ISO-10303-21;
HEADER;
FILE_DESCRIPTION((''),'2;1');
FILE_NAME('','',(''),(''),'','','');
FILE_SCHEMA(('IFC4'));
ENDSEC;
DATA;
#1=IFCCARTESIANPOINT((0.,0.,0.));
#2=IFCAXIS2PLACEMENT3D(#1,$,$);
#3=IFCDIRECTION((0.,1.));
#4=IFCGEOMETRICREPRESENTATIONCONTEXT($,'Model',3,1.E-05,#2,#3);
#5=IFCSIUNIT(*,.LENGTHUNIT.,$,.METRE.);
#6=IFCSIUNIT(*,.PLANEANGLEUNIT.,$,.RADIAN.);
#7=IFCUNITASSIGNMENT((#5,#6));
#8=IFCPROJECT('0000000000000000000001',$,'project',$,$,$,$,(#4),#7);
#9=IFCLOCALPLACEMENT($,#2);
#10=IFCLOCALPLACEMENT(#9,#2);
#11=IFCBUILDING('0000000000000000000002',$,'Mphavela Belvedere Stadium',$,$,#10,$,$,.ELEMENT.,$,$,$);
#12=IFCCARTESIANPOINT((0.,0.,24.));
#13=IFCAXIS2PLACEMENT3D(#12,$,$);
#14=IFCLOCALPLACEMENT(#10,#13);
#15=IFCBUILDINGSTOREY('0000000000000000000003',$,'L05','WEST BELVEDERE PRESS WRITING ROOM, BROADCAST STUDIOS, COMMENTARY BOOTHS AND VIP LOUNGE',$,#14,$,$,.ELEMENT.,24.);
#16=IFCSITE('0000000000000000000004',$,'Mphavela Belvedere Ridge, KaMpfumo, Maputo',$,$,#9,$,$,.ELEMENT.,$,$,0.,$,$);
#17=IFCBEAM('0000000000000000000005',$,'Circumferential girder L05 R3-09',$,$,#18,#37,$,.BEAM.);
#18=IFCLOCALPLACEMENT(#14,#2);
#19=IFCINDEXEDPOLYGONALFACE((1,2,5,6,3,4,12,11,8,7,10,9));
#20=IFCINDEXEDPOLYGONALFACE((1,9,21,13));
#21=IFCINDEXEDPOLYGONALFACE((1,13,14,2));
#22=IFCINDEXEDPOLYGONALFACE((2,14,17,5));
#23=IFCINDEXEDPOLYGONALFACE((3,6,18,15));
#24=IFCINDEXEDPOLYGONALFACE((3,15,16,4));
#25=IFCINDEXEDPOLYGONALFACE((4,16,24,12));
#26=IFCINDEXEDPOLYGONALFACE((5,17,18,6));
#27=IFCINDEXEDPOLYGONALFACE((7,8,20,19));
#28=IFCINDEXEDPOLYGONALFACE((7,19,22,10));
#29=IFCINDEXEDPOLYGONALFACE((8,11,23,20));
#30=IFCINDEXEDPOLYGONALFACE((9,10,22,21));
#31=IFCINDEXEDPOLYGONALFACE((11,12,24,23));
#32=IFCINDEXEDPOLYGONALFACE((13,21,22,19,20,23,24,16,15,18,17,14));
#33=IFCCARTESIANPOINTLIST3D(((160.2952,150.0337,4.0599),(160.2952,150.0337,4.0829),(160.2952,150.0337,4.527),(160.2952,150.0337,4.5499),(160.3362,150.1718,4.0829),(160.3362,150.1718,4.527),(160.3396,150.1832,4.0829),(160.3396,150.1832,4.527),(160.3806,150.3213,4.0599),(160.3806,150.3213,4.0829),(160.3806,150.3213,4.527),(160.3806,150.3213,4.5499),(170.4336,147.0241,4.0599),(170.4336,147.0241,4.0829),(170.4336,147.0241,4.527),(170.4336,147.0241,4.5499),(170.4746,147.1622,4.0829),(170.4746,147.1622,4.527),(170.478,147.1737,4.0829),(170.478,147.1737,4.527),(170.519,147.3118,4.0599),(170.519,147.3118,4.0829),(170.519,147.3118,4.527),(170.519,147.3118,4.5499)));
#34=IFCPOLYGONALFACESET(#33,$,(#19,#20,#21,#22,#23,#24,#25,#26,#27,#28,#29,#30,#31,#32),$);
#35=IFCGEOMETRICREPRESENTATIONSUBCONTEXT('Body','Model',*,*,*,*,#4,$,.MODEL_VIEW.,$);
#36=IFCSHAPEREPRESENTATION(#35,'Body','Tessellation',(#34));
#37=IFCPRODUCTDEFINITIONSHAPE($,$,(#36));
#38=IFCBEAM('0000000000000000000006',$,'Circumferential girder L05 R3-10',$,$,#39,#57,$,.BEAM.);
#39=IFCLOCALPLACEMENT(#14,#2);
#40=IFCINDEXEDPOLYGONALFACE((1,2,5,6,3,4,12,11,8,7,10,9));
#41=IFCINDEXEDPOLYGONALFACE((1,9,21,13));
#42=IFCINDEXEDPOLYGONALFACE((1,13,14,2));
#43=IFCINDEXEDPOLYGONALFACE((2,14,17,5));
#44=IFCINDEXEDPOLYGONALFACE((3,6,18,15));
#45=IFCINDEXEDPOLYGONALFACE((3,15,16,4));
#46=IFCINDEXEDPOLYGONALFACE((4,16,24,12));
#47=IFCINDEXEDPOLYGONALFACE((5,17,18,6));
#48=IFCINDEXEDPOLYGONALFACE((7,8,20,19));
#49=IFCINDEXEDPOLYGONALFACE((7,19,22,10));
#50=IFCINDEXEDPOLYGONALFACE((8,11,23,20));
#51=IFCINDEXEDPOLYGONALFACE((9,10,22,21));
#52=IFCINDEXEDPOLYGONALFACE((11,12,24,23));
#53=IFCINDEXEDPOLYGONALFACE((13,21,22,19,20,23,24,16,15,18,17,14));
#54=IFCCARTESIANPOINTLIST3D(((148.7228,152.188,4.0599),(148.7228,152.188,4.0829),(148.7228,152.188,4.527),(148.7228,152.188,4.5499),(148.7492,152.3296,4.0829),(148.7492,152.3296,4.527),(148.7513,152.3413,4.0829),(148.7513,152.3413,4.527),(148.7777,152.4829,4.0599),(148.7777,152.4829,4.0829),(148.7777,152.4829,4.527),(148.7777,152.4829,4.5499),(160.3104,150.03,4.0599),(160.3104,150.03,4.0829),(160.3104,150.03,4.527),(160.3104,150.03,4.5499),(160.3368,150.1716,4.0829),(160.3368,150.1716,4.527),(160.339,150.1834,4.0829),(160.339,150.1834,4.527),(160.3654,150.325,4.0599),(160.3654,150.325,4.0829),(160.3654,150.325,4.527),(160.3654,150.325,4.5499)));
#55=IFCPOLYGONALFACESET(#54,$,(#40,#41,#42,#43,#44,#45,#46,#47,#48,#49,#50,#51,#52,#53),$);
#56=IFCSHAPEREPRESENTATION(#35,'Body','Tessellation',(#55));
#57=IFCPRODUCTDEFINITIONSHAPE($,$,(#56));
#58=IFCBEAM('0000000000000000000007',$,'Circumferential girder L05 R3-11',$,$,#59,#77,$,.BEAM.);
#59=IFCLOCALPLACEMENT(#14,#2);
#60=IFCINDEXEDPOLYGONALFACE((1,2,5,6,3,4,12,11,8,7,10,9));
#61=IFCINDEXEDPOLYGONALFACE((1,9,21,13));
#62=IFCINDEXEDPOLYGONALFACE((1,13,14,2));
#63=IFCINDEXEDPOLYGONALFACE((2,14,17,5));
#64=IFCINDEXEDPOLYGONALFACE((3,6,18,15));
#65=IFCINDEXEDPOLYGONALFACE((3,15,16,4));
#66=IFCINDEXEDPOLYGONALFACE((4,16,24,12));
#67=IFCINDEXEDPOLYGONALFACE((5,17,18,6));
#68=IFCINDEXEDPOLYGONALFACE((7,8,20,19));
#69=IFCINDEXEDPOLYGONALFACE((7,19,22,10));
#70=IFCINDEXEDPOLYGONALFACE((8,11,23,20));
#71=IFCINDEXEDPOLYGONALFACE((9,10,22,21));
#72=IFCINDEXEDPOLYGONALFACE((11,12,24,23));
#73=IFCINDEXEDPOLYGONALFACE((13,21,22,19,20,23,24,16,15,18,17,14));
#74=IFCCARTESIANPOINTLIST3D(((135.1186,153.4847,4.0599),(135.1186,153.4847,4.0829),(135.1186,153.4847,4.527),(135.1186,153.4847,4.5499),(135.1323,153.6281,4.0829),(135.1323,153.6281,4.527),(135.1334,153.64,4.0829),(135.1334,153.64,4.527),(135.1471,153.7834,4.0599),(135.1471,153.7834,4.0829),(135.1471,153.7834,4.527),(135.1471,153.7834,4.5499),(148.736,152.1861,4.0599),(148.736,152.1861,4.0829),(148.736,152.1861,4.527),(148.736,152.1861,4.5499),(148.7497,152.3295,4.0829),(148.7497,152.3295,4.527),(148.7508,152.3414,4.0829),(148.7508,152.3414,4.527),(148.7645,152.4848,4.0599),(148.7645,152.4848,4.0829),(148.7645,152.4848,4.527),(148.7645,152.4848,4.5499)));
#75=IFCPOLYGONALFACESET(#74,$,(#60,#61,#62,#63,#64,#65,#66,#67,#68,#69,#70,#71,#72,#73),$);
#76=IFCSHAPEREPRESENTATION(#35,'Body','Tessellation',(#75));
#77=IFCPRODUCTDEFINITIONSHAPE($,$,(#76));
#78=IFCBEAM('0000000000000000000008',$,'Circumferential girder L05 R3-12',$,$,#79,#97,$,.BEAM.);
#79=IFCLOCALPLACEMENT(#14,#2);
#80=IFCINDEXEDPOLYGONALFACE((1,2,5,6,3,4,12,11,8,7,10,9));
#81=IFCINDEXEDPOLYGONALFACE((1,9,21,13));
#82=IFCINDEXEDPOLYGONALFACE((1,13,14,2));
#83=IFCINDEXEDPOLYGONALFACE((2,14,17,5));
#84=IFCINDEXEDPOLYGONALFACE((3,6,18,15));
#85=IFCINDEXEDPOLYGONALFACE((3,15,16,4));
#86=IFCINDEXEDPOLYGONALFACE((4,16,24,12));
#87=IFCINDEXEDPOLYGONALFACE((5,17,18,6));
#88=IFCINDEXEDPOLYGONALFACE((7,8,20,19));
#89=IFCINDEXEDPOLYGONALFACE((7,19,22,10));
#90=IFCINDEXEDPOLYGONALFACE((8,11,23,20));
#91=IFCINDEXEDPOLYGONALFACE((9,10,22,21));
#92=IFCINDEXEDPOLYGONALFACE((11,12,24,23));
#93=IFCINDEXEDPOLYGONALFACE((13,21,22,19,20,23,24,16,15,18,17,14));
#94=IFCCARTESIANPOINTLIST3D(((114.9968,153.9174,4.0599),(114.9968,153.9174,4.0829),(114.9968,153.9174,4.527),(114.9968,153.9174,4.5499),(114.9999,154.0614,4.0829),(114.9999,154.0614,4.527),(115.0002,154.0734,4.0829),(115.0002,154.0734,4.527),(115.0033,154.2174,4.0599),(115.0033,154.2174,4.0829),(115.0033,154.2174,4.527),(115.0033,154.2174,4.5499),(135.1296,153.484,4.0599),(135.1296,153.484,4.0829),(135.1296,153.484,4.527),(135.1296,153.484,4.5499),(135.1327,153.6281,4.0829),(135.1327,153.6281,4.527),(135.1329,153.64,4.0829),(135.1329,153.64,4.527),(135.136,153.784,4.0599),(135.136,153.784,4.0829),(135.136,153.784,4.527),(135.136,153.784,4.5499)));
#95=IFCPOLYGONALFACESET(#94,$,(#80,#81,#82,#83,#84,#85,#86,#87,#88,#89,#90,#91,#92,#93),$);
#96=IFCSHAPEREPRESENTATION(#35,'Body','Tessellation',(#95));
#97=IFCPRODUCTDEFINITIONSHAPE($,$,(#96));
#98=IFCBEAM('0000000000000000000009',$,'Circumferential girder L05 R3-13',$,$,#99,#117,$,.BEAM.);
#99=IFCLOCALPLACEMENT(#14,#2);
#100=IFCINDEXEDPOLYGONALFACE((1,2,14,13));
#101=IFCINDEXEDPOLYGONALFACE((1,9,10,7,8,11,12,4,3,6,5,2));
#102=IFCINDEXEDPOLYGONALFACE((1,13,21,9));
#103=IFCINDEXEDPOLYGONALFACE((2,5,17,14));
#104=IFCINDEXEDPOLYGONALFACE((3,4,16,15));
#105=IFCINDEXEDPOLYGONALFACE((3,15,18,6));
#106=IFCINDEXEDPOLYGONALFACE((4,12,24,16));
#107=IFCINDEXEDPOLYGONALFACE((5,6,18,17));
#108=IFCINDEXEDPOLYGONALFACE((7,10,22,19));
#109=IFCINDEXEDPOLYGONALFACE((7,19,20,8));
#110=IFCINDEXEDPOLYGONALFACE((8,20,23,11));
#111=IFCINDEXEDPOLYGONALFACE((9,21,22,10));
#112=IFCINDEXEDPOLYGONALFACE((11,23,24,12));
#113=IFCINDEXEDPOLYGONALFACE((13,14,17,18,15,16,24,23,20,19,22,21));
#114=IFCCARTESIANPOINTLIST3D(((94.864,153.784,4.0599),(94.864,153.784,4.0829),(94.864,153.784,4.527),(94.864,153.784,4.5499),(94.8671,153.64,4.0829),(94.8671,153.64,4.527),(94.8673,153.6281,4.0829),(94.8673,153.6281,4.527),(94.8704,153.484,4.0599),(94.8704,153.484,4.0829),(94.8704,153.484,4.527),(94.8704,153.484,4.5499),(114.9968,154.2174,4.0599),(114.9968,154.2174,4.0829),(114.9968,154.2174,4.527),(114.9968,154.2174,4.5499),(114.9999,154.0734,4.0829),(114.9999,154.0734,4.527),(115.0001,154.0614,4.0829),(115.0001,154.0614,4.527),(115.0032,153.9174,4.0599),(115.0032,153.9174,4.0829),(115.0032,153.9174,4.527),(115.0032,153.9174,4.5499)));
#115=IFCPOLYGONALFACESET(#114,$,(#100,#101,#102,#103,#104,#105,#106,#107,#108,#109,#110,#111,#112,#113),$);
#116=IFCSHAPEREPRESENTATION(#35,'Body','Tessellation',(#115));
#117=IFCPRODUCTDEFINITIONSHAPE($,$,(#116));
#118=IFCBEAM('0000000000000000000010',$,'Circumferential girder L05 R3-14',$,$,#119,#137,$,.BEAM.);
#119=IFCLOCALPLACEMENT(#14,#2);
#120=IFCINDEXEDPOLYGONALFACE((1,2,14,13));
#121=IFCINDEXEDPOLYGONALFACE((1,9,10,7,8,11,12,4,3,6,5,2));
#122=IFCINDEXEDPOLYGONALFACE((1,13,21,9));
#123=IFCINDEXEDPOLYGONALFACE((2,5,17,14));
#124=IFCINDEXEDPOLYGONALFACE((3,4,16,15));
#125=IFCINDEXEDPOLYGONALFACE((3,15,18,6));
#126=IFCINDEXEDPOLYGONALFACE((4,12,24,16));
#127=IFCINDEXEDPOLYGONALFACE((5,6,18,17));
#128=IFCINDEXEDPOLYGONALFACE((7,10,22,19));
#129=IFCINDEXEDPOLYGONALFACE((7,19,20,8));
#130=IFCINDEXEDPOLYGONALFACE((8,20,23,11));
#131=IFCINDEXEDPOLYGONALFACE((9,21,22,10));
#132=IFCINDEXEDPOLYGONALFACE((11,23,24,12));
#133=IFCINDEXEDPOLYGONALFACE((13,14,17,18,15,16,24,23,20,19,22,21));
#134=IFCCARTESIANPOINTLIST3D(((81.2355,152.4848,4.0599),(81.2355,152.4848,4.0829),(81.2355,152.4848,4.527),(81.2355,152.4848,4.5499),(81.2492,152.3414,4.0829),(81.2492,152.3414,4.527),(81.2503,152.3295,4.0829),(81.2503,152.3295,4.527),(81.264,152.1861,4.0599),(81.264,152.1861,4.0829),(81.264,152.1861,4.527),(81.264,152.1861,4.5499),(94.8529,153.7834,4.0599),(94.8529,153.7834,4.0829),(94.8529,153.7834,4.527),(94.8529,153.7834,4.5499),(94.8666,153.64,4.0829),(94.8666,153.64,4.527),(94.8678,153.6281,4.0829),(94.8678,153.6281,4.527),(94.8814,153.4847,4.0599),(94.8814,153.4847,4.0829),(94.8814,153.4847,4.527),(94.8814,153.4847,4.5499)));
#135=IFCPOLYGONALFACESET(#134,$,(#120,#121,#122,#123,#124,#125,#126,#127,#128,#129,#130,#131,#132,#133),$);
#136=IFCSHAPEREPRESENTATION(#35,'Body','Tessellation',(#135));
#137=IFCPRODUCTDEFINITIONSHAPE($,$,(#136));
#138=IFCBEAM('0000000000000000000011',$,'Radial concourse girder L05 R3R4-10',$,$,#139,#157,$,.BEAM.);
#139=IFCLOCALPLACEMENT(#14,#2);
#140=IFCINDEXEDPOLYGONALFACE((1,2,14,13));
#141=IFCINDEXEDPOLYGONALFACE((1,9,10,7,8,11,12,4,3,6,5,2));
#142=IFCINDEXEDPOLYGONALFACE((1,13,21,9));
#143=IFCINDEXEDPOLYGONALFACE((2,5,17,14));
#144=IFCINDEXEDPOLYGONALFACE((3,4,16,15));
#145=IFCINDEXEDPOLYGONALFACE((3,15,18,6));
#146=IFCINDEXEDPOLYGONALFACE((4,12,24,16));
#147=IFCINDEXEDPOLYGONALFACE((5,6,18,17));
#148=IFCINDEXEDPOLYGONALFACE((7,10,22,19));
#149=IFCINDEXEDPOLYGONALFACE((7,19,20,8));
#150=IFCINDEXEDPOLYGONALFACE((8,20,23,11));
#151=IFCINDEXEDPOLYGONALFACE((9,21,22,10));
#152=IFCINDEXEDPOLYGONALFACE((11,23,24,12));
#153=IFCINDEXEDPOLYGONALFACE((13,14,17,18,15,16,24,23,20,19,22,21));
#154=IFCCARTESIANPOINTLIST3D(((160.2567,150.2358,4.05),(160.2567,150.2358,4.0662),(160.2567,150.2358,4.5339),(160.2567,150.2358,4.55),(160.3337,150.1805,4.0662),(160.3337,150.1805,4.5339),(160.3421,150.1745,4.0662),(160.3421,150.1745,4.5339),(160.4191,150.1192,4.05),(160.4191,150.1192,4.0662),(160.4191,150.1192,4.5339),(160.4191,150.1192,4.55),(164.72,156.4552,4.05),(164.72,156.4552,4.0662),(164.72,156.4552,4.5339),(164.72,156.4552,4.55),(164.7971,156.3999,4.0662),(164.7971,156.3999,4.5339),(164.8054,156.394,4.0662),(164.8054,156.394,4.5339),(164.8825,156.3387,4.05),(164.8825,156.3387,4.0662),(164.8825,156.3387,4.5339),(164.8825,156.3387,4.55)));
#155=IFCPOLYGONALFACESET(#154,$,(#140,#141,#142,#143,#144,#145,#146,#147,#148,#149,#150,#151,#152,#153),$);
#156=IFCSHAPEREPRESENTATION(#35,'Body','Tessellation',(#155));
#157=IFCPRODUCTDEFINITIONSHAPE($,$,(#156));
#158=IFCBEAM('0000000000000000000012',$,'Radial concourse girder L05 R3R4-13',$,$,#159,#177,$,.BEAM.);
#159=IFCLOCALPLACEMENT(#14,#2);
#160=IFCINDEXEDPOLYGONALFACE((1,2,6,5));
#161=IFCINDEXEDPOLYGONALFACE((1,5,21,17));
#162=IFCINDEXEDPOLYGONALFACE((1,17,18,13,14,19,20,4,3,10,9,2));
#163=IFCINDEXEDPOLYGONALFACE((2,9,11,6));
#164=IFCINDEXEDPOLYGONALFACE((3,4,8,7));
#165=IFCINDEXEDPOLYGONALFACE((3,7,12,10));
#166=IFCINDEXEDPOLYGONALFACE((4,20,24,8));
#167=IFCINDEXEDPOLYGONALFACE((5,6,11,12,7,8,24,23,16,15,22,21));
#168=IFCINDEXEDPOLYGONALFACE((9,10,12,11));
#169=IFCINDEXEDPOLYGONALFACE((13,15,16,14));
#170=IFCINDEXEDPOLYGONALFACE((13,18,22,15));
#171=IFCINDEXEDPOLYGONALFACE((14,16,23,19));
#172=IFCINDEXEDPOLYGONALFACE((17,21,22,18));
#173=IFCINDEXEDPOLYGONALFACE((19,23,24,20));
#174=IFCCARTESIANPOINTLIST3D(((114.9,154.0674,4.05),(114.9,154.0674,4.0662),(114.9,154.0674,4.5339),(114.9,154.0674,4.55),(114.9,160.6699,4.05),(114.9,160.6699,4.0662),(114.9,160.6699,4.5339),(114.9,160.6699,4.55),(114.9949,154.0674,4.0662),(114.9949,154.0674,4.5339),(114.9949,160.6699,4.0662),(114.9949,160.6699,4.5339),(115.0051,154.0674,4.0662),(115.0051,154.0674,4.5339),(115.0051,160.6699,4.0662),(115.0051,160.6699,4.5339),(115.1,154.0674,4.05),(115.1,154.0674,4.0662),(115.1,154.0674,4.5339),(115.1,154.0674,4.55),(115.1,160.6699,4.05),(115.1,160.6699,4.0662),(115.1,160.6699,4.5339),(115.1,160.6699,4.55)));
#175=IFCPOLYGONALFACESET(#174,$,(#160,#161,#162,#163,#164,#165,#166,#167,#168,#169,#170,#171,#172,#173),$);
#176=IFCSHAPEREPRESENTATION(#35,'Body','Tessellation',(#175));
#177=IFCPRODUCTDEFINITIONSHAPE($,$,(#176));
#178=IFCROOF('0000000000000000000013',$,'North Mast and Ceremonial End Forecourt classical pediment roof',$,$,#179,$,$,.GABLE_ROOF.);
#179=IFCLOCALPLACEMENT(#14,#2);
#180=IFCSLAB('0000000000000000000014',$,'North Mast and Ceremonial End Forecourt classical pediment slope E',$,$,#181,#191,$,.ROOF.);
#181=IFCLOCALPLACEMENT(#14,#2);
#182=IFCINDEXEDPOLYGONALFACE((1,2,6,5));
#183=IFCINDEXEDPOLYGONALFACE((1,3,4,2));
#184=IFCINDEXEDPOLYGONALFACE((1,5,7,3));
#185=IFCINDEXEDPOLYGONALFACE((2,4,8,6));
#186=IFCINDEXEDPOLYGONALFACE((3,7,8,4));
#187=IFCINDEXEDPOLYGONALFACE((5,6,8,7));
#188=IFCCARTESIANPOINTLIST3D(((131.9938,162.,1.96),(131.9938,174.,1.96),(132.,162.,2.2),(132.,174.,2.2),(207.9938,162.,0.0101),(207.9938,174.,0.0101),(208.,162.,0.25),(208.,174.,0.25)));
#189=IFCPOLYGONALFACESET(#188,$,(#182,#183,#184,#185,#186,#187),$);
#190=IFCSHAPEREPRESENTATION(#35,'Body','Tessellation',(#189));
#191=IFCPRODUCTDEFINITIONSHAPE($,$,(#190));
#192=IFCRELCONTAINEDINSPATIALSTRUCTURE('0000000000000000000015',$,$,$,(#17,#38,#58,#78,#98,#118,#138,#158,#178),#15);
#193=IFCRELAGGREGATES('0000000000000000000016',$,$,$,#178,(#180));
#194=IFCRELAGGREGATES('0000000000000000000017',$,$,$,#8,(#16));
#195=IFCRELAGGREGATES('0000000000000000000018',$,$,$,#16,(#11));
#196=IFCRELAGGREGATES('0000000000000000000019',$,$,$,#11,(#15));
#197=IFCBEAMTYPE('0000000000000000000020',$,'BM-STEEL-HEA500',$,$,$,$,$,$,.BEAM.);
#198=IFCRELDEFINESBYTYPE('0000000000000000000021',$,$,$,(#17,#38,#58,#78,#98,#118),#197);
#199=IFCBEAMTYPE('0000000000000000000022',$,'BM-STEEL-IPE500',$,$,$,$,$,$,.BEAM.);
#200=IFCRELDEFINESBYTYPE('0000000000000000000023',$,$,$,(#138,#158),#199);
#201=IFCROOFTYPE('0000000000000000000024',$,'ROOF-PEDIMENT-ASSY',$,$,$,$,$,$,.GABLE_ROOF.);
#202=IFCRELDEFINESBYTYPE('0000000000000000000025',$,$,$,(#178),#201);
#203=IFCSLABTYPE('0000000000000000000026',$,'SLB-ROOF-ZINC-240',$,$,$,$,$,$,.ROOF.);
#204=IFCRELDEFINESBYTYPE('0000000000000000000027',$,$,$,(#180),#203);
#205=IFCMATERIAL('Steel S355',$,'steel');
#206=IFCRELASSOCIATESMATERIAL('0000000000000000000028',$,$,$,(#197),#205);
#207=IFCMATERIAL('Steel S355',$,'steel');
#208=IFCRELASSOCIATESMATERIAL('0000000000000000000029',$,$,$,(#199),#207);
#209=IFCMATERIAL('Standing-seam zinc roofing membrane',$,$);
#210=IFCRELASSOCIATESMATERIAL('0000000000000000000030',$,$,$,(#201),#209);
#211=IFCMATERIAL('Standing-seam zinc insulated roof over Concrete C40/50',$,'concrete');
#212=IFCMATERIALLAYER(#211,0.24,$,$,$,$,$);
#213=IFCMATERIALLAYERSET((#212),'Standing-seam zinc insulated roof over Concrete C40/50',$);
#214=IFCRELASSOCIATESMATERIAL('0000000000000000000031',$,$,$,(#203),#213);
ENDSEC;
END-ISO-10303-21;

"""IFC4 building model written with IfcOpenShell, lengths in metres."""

from ifc_helpers import new_model, si_unit, direction, frame, origin, origin_2d, place, context, subcontext, project, spatial, polyline, i_section, outline, extrude, material, layer, layer_set, material_profile, profile_set, type_object, element, aggregate, save


model = new_model("IFC4")

# Units and contexts
model_context = context("Model", 3, precision=1e-05, world=origin(), true_north=direction((0.0, 1.0)))
body_context = subcontext(model_context, "Body", "Model", "MODEL_VIEW")
ifc_project = project(units=[si_unit("LENGTHUNIT", "METRE"), si_unit("PLANEANGLEUNIT", "RADIAN")], contexts=[model_context])

# Site, building, storey
site_placement = place(None, origin())
site = spatial("IfcSite", under=ifc_project, at=site_placement, Name="Mphavela Belvedere Ridge, KaMpfumo, Maputo", CompositionType="ELEMENT", RefElevation=0.0)
building_placement = place(site_placement, origin())
building = spatial("IfcBuilding", under=site, at=building_placement, Name="Mphavela Belvedere Stadium", CompositionType="ELEMENT")
storey_placement = place(building_placement, frame((0.0, 0.0, 24.0)))
storey = spatial("IfcBuildingStorey", under=building, at=storey_placement, Name="L05", Description="WEST BELVEDERE PRESS WRITING ROOM, BROADCAST STUDIOS, COMMENTARY BOOTHS AND VIP LOUNGE", CompositionType="ELEMENT", Elevation=24.0)

# Beams
ifc_material_1 = material(Name="Steel S355", Category="steel")
ifc_material_profile_1 = material_profile(ifc_material_1, i_section(OverallWidth=0.3, OverallDepth=0.49, WebThickness=0.012, FlangeThickness=0.0229, at=origin_2d()), Name="HEA 500")
ifc_profile_set_1 = profile_set([ifc_material_profile_1], Name="Steel S355")
beam_type_1 = type_object("IfcBeamType", Name="BM-STEEL-HEA500", PredefinedType="BEAM", material=ifc_profile_set_1)
beam_1_placement = place(storey_placement, frame((170.4763, 147.168, 4.3049), z_axis=(-0.958655, 0.28457, 0.0), x_axis=(-0.28457, -0.958655, 0.0)))
element("IfcBeam", 1, at=beam_1_placement, inside=storey, type_object=beam_type_1, Name="Circumferential girder L05 R3-09", PredefinedType="BEAM", context=body_context, shape_type="SweptSolid", body=[
    extrude(i_section(OverallWidth=0.3, OverallDepth=0.49, WebThickness=0.012, FlangeThickness=0.0229, at=origin_2d()), origin(), (0.0, 0.0, 1.0), 10.5757),
])
beam_2_placement = place(storey_placement, frame((160.3379, 150.1775, 4.3049), z_axis=(-0.983098, 0.183082, 0.0), x_axis=(-0.183082, -0.983098, 0.0)))
element("IfcBeam", 2, at=beam_2_placement, inside=storey, type_object=beam_type_1, Name="Circumferential girder L05 R3-10", PredefinedType="BEAM", context=body_context, shape_type="SweptSolid", body=[
    extrude(i_section(OverallWidth=0.3, OverallDepth=0.49, WebThickness=0.012, FlangeThickness=0.0229, at=origin_2d()), origin(), (0.0, 0.0, 1.0), 11.7869),
])
beam_3_placement = place(storey_placement, frame((148.7502, 152.3354, 4.3049), z_axis=(-0.995484, 0.094931, 0.0), x_axis=(-0.094931, -0.995484, 0.0)))
element("IfcBeam", 3, at=beam_3_placement, inside=storey, type_object=beam_type_1, Name="Circumferential girder L05 R3-11", PredefinedType="BEAM", context=body_context, shape_type="SweptSolid", body=[
    extrude(i_section(OverallWidth=0.3, OverallDepth=0.49, WebThickness=0.012, FlangeThickness=0.0229, at=origin_2d()), origin(), (0.0, 0.0, 1.0), 13.6792),
])
for number, where, z_axis, x_axis, name in (
    (4, (135.1328, 153.634, 4.3049), (-0.999768, 0.02152, 0.0), (-0.02152, -0.999768, 0.0), "Circumferential girder L05 R3-12"),
    (5, (115.0, 154.0674, 4.3049), (-0.999768, -0.02152, 0.0), (0.02152, -0.999768, 0.0), "Circumferential girder L05 R3-13"),
):
    element("IfcBeam", number, at=place(storey_placement, frame(where, z_axis=z_axis, x_axis=x_axis)), inside=storey, type_object=beam_type_1, Name=name, PredefinedType="BEAM", context=body_context, shape_type="SweptSolid", body=[
        extrude(i_section(OverallWidth=0.3, OverallDepth=0.49, WebThickness=0.012, FlangeThickness=0.0229, at=origin_2d()), origin(), (0.0, 0.0, 1.0), 20.1375),
    ])
beam_4_placement = place(storey_placement, frame((94.8672, 153.634, 4.3049), z_axis=(-0.995484, -0.094931, 0.0), x_axis=(0.094931, -0.995484, 0.0)))
element("IfcBeam", 6, at=beam_4_placement, inside=storey, type_object=beam_type_1, Name="Circumferential girder L05 R3-14", PredefinedType="BEAM", context=body_context, shape_type="SweptSolid", body=[
    extrude(i_section(OverallWidth=0.3, OverallDepth=0.49, WebThickness=0.012, FlangeThickness=0.0229, at=origin_2d()), origin(), (0.0, 0.0, 1.0), 13.6792),
])
ifc_material_2 = material(Name="Steel S355", Category="steel")
ifc_material_profile_2 = material_profile(ifc_material_2, i_section(OverallWidth=0.2, OverallDepth=0.5, WebThickness=0.0103, FlangeThickness=0.0161, at=origin_2d()), Name="IPE 500")
ifc_profile_set_2 = profile_set([ifc_material_profile_2], Name="Steel S355")
beam_type_2 = type_object("IfcBeamType", Name="BM-STEEL-IPE500", PredefinedType="BEAM", material=ifc_profile_set_2)
beam_5_placement = place(storey_placement, frame((160.3379, 150.1775, 4.3), z_axis=(0.583044, 0.812441, 0.0), x_axis=(-0.812441, 0.583044, 0.0)))
element("IfcBeam", 7, at=beam_5_placement, inside=storey, type_object=beam_type_2, Name="Radial concourse girder L05 R3R4-10", PredefinedType="BEAM", context=body_context, shape_type="SweptSolid", body=[
    extrude(i_section(OverallWidth=0.2, OverallDepth=0.5, WebThickness=0.0103, FlangeThickness=0.0161, at=origin_2d()), origin(), (0.0, 0.0, 1.0), 7.6553),
])
beam_6_placement = place(storey_placement, frame((115.0, 154.0674, 4.3), z_axis=(0.0, 1.0, 0.0), x_axis=(-1.0, 0.0, 0.0)))
element("IfcBeam", 8, at=beam_6_placement, inside=storey, type_object=beam_type_2, Name="Radial concourse girder L05 R3R4-13", PredefinedType="BEAM", context=body_context, shape_type="SweptSolid", body=[
    extrude(i_section(OverallWidth=0.2, OverallDepth=0.5, WebThickness=0.0103, FlangeThickness=0.0161, at=origin_2d()), origin(), (0.0, 0.0, 1.0), 6.6025),
])

# Roof, slab
ifc_material_3 = material(Name="Standing-seam zinc roofing membrane")
roof_type = type_object("IfcRoofType", Name="ROOF-PEDIMENT-ASSY", PredefinedType="GABLE_ROOF", material=ifc_material_3)
roof_placement = place(storey_placement, origin())
roof = element("IfcRoof", 9, at=roof_placement, inside=storey, type_object=roof_type, Name="North Mast and Ceremonial End Forecourt classical pediment roof", PredefinedType="GABLE_ROOF")
ifc_material_4 = material(Name="Standing-seam zinc insulated roof over Concrete C40/50", Category="concrete")
ifc_layer_1 = layer(ifc_material_4, 0.24)
ifc_layer_set_1 = layer_set([ifc_layer_1], Name="Standing-seam zinc insulated roof over Concrete C40/50")
slab_type = type_object("IfcSlabType", Name="SLB-ROOF-ZINC-240", PredefinedType="ROOF", material=ifc_layer_set_1)
slab_placement = place(storey_placement, frame((132.0, 162.0, 2.2), z_axis=(0.025649, 0.0, 0.999671), x_axis=(0.999671, 0.0, -0.025649)))
slab = element("IfcSlab", 10, at=slab_placement, type_object=slab_type, Name="North Mast and Ceremonial End Forecourt classical pediment slope E", PredefinedType="ROOF", context=body_context, shape_type="SweptSolid", body=[
    extrude(outline(polyline([(0.0, 0.0), (76.025, 0.0), (76.025, 12.0), (0.0, 12.0), (0.0, 0.0)])), origin(), (0.0, 0.0, -1.0), 0.24),
])
aggregate(roof, [slab])

save(model, "model.ifc")
